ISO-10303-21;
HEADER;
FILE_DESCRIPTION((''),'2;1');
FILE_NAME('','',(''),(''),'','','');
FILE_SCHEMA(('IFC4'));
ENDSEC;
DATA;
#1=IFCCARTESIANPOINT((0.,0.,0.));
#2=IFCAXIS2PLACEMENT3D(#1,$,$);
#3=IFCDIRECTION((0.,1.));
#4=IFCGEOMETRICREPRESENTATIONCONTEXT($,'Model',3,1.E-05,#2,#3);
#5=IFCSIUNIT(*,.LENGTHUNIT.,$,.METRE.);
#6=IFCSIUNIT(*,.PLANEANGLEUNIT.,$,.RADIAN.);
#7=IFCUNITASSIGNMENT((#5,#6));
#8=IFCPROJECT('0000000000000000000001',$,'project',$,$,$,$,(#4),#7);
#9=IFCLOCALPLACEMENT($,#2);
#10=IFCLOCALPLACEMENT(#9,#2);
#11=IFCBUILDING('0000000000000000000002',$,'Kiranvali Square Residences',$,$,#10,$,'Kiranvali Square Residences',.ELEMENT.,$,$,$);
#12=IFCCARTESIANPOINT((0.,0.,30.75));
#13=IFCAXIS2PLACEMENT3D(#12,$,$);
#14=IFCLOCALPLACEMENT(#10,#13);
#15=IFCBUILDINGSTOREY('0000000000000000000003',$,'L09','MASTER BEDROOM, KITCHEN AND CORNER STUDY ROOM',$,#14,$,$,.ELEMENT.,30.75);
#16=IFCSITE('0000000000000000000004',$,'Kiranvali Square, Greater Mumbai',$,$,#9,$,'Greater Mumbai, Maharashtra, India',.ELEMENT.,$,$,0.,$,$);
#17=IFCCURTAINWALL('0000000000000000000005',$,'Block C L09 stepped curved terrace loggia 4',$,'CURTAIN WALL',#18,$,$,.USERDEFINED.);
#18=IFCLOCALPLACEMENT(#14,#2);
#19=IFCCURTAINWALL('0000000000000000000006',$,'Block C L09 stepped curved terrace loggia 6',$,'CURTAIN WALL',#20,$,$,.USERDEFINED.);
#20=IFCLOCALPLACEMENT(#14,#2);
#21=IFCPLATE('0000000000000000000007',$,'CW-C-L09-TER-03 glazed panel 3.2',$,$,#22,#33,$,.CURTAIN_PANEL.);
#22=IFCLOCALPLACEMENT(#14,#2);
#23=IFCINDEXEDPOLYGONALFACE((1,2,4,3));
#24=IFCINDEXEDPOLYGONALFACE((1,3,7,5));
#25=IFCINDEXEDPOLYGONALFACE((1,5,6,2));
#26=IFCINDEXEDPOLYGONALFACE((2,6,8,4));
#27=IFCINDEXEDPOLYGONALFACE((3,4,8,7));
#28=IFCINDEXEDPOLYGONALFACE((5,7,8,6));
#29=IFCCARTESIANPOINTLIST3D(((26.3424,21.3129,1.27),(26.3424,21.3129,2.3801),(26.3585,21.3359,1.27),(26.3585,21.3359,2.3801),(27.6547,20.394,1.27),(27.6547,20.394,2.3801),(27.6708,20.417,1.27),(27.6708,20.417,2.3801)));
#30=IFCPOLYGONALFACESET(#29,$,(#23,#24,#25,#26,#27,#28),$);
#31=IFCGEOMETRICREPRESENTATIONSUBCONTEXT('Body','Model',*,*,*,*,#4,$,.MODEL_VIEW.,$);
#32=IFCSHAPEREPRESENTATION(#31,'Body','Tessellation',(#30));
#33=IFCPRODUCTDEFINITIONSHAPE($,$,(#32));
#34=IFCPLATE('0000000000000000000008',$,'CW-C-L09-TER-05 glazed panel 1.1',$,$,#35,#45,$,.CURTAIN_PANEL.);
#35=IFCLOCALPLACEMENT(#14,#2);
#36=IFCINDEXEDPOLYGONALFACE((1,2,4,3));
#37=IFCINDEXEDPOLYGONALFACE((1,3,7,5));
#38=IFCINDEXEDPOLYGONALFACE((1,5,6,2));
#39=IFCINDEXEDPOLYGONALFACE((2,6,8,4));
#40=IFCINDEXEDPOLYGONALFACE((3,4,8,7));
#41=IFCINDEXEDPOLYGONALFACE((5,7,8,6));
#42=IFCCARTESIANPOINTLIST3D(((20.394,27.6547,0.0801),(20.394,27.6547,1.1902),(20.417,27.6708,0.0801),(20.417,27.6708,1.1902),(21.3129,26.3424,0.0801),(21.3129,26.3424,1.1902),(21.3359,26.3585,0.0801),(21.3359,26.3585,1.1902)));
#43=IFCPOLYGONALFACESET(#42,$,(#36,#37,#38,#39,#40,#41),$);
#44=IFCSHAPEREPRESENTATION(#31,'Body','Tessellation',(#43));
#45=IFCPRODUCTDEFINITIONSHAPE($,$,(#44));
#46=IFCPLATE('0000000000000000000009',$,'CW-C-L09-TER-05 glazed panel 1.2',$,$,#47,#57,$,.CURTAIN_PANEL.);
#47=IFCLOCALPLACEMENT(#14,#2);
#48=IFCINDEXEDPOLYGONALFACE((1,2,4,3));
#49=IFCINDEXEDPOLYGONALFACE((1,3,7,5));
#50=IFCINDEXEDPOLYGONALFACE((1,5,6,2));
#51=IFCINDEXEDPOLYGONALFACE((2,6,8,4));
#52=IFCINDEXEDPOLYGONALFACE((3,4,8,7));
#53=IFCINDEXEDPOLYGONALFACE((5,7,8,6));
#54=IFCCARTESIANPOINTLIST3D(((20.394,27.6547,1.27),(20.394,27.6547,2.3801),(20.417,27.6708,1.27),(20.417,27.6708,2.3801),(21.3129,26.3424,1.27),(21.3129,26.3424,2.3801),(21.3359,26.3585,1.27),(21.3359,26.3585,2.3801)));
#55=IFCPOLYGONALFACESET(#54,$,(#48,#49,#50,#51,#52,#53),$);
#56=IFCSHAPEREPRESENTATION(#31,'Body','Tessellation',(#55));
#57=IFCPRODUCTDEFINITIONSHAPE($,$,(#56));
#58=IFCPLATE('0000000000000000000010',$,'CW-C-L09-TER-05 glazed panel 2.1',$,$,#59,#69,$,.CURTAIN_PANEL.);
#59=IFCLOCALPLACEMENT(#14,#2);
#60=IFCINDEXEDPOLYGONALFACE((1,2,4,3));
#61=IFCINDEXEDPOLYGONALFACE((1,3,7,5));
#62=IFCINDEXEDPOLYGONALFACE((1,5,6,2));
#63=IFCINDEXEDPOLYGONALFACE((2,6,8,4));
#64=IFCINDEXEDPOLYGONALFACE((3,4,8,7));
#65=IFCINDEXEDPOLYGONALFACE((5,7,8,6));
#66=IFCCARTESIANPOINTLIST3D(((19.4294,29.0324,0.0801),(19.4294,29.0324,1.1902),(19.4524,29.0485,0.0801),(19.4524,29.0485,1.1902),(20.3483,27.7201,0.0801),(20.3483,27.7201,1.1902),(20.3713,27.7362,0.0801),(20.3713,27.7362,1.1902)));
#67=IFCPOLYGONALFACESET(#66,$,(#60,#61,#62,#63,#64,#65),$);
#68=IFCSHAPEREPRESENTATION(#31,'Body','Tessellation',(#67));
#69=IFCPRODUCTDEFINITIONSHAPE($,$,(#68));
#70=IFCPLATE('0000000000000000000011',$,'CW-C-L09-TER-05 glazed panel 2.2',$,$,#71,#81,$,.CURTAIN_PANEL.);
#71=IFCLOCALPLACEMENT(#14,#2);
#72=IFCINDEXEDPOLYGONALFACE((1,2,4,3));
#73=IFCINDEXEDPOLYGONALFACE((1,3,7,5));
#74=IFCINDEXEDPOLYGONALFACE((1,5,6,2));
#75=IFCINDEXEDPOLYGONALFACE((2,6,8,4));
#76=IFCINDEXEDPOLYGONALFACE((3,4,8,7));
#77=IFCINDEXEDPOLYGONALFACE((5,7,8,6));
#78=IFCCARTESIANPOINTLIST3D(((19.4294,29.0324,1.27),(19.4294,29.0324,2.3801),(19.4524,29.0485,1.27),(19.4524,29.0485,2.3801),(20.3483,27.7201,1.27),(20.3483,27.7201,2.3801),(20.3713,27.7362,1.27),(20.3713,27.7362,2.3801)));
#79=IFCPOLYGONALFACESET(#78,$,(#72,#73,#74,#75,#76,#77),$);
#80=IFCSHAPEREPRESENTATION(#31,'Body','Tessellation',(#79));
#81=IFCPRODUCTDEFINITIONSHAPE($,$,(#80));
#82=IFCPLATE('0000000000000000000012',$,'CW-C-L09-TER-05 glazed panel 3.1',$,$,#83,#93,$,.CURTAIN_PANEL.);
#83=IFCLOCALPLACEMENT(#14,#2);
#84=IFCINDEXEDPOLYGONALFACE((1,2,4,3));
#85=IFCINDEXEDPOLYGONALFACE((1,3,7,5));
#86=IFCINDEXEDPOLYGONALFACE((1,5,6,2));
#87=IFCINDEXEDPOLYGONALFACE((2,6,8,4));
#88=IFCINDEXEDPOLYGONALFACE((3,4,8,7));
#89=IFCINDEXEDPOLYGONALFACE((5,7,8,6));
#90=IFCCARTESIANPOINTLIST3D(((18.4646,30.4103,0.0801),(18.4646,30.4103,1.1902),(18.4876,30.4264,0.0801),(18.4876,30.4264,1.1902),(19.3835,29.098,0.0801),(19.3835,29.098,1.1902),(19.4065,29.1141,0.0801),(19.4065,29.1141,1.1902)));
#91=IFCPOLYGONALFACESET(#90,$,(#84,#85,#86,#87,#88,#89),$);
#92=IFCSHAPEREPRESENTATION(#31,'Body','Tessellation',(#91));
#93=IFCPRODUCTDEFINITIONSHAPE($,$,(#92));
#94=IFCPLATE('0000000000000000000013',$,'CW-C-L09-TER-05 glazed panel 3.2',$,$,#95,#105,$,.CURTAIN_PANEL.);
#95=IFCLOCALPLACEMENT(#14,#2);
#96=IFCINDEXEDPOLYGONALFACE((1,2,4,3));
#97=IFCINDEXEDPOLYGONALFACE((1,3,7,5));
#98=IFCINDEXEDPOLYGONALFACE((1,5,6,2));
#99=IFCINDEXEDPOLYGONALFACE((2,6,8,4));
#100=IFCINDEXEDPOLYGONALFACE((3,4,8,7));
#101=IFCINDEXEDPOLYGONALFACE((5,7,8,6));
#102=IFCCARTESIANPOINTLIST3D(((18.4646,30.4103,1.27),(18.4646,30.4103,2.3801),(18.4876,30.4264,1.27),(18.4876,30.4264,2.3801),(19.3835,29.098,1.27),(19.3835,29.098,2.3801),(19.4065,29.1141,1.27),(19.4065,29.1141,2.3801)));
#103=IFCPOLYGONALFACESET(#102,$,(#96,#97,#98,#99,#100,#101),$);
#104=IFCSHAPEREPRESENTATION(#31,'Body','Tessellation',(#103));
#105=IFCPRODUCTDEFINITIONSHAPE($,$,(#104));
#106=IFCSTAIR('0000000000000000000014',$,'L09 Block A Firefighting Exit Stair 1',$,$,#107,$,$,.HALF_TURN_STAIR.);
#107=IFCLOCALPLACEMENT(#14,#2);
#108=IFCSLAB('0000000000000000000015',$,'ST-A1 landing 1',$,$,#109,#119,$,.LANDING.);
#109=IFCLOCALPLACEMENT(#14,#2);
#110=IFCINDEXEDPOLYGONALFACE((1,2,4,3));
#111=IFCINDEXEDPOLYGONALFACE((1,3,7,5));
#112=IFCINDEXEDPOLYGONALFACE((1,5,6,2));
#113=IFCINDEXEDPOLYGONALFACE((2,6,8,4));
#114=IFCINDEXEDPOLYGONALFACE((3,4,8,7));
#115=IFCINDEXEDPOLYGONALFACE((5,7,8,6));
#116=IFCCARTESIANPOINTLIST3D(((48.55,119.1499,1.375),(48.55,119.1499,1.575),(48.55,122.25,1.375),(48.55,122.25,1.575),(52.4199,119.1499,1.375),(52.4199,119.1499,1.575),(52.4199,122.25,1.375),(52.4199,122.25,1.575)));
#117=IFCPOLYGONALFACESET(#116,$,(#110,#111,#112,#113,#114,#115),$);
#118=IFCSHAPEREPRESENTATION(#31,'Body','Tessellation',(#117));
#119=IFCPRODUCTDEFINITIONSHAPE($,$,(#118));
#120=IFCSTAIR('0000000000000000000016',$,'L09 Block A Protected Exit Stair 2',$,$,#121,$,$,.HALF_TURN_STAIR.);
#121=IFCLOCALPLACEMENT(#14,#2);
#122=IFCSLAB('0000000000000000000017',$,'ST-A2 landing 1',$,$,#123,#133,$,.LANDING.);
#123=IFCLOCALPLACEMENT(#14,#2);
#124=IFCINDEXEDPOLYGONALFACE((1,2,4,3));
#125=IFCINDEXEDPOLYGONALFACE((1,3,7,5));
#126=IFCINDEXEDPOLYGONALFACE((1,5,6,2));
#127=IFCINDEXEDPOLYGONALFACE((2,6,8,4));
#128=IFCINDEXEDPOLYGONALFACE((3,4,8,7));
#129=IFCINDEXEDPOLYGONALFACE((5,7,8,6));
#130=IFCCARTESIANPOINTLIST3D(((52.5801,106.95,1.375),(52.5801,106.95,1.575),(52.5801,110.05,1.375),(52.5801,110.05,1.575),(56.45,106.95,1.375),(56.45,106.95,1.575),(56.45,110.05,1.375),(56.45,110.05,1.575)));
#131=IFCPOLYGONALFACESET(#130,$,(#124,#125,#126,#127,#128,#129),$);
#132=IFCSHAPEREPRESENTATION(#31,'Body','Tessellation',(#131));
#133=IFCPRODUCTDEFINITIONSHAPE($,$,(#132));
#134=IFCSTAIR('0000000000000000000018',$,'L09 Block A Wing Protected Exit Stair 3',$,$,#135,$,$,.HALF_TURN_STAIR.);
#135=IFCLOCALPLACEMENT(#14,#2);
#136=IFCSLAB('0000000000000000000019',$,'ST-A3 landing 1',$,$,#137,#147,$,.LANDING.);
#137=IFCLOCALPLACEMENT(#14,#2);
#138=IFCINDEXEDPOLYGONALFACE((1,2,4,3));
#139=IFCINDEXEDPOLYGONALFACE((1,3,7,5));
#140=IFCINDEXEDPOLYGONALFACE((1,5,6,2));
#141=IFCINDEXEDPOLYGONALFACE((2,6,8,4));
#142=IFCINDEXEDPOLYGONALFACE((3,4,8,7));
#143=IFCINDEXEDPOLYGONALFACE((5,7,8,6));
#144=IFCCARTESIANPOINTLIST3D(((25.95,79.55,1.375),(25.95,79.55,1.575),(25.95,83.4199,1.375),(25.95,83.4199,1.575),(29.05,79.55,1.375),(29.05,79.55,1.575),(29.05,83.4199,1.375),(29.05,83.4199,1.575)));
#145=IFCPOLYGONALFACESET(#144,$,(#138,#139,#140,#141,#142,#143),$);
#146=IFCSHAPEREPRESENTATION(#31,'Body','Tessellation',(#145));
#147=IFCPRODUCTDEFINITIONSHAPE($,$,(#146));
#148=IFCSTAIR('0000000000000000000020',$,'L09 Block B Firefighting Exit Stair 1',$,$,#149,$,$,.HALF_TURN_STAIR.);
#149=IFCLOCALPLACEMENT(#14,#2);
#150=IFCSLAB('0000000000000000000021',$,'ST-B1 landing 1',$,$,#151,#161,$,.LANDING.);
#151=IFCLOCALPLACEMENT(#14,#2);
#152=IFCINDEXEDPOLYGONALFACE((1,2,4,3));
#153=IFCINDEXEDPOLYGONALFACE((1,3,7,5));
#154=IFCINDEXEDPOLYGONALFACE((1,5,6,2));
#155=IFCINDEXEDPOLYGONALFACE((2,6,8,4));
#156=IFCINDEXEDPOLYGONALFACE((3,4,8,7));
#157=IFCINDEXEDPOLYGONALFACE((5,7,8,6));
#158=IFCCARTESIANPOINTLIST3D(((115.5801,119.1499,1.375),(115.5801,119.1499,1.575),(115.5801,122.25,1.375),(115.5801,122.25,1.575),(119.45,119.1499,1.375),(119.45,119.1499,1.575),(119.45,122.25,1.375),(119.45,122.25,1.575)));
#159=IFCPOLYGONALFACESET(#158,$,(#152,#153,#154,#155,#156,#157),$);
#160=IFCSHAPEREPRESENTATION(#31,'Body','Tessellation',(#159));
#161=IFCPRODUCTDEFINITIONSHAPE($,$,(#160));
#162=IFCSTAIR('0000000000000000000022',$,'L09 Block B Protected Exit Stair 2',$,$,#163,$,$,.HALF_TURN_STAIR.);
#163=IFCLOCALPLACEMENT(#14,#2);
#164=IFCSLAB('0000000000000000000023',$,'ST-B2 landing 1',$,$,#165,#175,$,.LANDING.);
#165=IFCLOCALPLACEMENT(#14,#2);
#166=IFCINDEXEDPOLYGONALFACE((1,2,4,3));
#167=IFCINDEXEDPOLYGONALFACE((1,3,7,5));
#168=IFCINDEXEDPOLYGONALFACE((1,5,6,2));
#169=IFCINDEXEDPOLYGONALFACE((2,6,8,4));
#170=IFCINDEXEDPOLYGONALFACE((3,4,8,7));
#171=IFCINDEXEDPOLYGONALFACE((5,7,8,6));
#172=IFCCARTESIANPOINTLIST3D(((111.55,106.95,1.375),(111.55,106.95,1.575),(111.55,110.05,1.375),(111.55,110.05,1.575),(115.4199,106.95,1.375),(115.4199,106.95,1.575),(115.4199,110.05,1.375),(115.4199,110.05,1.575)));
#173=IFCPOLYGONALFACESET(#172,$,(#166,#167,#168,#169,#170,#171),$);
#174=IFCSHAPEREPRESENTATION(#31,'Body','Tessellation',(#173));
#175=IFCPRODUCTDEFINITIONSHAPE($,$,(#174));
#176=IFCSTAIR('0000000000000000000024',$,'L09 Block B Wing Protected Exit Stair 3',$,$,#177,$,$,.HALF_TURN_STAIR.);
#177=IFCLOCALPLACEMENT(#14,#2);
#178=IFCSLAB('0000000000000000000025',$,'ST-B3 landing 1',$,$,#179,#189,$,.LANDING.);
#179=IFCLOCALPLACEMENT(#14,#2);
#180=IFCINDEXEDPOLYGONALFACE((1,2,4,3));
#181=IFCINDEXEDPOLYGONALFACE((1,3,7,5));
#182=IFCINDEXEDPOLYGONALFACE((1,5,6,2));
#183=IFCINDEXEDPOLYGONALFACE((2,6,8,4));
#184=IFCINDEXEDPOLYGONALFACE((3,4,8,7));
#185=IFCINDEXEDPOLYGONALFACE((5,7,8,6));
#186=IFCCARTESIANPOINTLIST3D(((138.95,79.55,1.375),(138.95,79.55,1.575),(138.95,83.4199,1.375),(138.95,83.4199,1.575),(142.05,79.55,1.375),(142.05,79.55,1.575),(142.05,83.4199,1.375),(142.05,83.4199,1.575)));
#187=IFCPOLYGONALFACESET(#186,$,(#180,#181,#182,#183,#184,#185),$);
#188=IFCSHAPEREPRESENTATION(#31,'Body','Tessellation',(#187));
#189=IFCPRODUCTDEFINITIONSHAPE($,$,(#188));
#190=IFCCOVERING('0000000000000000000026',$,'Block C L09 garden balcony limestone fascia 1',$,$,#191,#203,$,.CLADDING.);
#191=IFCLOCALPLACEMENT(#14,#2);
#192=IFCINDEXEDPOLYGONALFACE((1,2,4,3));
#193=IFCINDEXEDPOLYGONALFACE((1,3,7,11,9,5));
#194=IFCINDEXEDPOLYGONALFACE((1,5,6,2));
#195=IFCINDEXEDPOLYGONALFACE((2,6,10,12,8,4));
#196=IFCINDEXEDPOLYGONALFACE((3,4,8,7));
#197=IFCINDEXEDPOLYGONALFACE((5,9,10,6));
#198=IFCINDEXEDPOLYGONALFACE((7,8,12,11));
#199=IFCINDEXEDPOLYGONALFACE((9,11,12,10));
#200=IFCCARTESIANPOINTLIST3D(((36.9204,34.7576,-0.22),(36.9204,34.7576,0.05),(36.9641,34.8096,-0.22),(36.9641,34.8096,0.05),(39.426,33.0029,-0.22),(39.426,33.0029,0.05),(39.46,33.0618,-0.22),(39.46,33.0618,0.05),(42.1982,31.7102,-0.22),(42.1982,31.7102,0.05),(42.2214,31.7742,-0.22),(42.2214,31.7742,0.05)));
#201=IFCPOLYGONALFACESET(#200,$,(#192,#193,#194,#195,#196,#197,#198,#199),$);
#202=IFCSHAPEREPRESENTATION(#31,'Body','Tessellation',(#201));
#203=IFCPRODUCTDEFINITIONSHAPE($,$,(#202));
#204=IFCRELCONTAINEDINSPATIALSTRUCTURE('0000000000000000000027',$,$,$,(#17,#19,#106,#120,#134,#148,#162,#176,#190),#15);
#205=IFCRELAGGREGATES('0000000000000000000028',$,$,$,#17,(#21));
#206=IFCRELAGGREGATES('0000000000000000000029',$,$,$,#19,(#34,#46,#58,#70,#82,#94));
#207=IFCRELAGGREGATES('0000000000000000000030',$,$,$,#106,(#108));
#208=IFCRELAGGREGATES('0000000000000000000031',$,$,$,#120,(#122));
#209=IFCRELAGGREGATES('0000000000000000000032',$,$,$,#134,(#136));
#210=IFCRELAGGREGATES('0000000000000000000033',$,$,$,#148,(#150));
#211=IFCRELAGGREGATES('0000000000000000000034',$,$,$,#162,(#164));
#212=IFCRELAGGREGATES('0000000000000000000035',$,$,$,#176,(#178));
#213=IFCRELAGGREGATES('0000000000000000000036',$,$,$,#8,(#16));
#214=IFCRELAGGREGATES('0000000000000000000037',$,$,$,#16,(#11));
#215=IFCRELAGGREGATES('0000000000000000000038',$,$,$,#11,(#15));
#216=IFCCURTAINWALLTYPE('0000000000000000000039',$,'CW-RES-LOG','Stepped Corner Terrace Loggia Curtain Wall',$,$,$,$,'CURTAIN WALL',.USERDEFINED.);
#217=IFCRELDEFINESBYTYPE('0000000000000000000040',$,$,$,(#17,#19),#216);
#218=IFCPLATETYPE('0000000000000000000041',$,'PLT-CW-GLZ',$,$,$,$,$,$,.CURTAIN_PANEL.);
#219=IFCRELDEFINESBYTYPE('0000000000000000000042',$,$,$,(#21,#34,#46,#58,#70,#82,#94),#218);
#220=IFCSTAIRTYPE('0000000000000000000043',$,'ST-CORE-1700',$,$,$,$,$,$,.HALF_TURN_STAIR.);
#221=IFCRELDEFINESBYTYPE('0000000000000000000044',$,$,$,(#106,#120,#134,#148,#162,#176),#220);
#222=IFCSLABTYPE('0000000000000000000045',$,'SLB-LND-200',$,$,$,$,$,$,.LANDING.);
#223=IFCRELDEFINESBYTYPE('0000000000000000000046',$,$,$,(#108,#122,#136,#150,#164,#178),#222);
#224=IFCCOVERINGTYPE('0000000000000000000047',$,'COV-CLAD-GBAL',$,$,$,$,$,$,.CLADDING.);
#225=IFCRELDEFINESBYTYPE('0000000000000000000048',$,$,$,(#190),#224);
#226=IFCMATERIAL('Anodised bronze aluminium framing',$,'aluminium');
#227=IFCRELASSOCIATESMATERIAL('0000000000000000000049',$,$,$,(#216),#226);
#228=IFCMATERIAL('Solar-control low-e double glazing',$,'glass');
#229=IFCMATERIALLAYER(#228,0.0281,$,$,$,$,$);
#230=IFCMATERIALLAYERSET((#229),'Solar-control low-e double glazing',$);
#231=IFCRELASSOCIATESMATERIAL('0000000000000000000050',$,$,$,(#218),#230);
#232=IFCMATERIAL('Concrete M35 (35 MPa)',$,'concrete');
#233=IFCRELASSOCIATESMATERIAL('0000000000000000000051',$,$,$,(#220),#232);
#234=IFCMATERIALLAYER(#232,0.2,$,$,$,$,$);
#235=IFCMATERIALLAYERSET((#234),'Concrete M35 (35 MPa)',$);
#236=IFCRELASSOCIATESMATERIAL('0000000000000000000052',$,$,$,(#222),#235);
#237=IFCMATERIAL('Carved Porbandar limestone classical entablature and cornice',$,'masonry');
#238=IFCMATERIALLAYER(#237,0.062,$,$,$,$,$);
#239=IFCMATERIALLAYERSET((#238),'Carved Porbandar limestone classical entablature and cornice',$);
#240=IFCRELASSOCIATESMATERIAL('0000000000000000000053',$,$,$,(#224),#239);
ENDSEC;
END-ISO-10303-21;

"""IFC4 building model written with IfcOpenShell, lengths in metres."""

from ifc_helpers import new_model, si_unit, direction, frame, origin, origin_2d, place, context, subcontext, project, spatial, polyline, rectangle, outline, extrude, material, layer, layer_set, type_object, element, aggregate, save


model = new_model("IFC4")

# Units and contexts
model_context = context("Model", 3, precision=1e-05, world=origin(), true_north=direction((0.0, 1.0)))
body_context = subcontext(model_context, "Body", "Model", "MODEL_VIEW")
ifc_project = project(units=[si_unit("LENGTHUNIT", "METRE"), si_unit("PLANEANGLEUNIT", "RADIAN")], contexts=[model_context])

# Site, building, storey
site_placement = place(None, origin())
site = spatial("IfcSite", under=ifc_project, at=site_placement, Name="Kiranvali Square, Greater Mumbai", LongName="Greater Mumbai, Maharashtra, India", CompositionType="ELEMENT", RefElevation=0.0)
building_placement = place(site_placement, origin())
building = spatial("IfcBuilding", under=site, at=building_placement, Name="Kiranvali Square Residences", LongName="Kiranvali Square Residences", CompositionType="ELEMENT")
storey_placement = place(building_placement, frame((0.0, 0.0, 30.75)))
storey = spatial("IfcBuildingStorey", under=building, at=storey_placement, Name="L09", Description="MASTER BEDROOM, KITCHEN AND CORNER STUDY ROOM", CompositionType="ELEMENT", Elevation=30.75)

# Curtain walls
ifc_material_1 = material(Name="Anodised bronze aluminium framing", Category="aluminium")
curtain_wall_type = type_object("IfcCurtainWallType", Name="CW-RES-LOG", Description="Stepped Corner Terrace Loggia Curtain Wall", ElementType="CURTAIN WALL", PredefinedType="USERDEFINED", material=ifc_material_1)
curtain_wall_1_placement = place(storey_placement, origin())
curtain_wall_1 = element("IfcCurtainWall", 1, at=curtain_wall_1_placement, inside=storey, type_object=curtain_wall_type, Name="Block C L09 stepped curved terrace loggia 4", ObjectType="CURTAIN WALL", PredefinedType="USERDEFINED")
curtain_wall_2_placement = place(storey_placement, origin())
curtain_wall_2 = element("IfcCurtainWall", 2, at=curtain_wall_2_placement, inside=storey, type_object=curtain_wall_type, Name="Block C L09 stepped curved terrace loggia 6", ObjectType="CURTAIN WALL", PredefinedType="USERDEFINED")

# Plates
ifc_material_2 = material(Name="Solar-control low-e double glazing", Category="glass")
ifc_layer_1 = layer(ifc_material_2, 0.0281)
ifc_layer_set_1 = layer_set([ifc_layer_1], Name="Solar-control low-e double glazing")
plate_type = type_object("IfcPlateType", Name="PLT-CW-GLZ", PredefinedType="CURTAIN_PANEL", material=ifc_layer_set_1)
plate_1_placement = place(storey_placement, frame((27.0066, 20.865, 1.27), z_axis=(0.0, 0.0, 1.0), x_axis=(-0.819152, 0.573576, 0.0)))
plate_1 = element("IfcPlate", 3, at=plate_1_placement, type_object=plate_type, Name="CW-C-L09-TER-03 glazed panel 3.2", PredefinedType="CURTAIN_PANEL", context=body_context, shape_type="SweptSolid", body=[
    extrude(rectangle(XDim=1.6021, YDim=0.0281, at=origin_2d()), origin(), (0.0, 0.0, 1.0), 1.1101),
])
aggregate(curtain_wall_1, [plate_1])
plate_2_placement = place(storey_placement, frame((20.865, 27.0066, 0.0801), z_axis=(0.0, 0.0, 1.0), x_axis=(-0.573576, 0.819152, 0.0)))
plate_2 = element("IfcPlate", 4, at=plate_2_placement, type_object=plate_type, Name="CW-C-L09-TER-05 glazed panel 1.1", PredefinedType="CURTAIN_PANEL", context=body_context, shape_type="SweptSolid", body=[
    extrude(rectangle(XDim=1.6021, YDim=0.0281, at=origin_2d()), origin(), (0.0, 0.0, 1.0), 1.1101),
])
plate_3_placement = place(storey_placement, frame((20.865, 27.0066, 1.27), z_axis=(0.0, 0.0, 1.0), x_axis=(-0.573576, 0.819152, 0.0)))
plate_3 = element("IfcPlate", 5, at=plate_3_placement, type_object=plate_type, Name="CW-C-L09-TER-05 glazed panel 1.2", PredefinedType="CURTAIN_PANEL", context=body_context, shape_type="SweptSolid", body=[
    extrude(rectangle(XDim=1.6021, YDim=0.0281, at=origin_2d()), origin(), (0.0, 0.0, 1.0), 1.1101),
])
plate_4_placement = place(storey_placement, frame((19.9004, 28.3843, 0.0801), z_axis=(0.0, 0.0, 1.0), x_axis=(-0.573576, 0.819152, 0.0)))
plate_4 = element("IfcPlate", 6, at=plate_4_placement, type_object=plate_type, Name="CW-C-L09-TER-05 glazed panel 2.1", PredefinedType="CURTAIN_PANEL", context=body_context, shape_type="SweptSolid", body=[
    extrude(rectangle(XDim=1.6021, YDim=0.0281, at=origin_2d()), origin(), (0.0, 0.0, 1.0), 1.1101),
])
plate_5_placement = place(storey_placement, frame((19.9004, 28.3843, 1.27), z_axis=(0.0, 0.0, 1.0), x_axis=(-0.573576, 0.819152, 0.0)))
plate_5 = element("IfcPlate", 7, at=plate_5_placement, type_object=plate_type, Name="CW-C-L09-TER-05 glazed panel 2.2", PredefinedType="CURTAIN_PANEL", context=body_context, shape_type="SweptSolid", body=[
    extrude(rectangle(XDim=1.6021, YDim=0.0281, at=origin_2d()), origin(), (0.0, 0.0, 1.0), 1.1101),
])
plate_6_placement = place(storey_placement, frame((18.9355, 29.7622, 0.0801), z_axis=(0.0, 0.0, 1.0), x_axis=(-0.573576, 0.819152, 0.0)))
plate_6 = element("IfcPlate", 8, at=plate_6_placement, type_object=plate_type, Name="CW-C-L09-TER-05 glazed panel 3.1", PredefinedType="CURTAIN_PANEL", context=body_context, shape_type="SweptSolid", body=[
    extrude(rectangle(XDim=1.6021, YDim=0.0281, at=origin_2d()), origin(), (0.0, 0.0, 1.0), 1.1101),
])
plate_7_placement = place(storey_placement, frame((18.9355, 29.7622, 1.27), z_axis=(0.0, 0.0, 1.0), x_axis=(-0.573576, 0.819152, 0.0)))
plate_7 = element("IfcPlate", 9, at=plate_7_placement, type_object=plate_type, Name="CW-C-L09-TER-05 glazed panel 3.2", PredefinedType="CURTAIN_PANEL", context=body_context, shape_type="SweptSolid", body=[
    extrude(rectangle(XDim=1.6021, YDim=0.0281, at=origin_2d()), origin(), (0.0, 0.0, 1.0), 1.1101),
])
aggregate(curtain_wall_2, [plate_2, plate_3, plate_4, plate_5, plate_6, plate_7])

# Stairs, slabs
ifc_material_3 = material(Name="Concrete M35 (35 MPa)", Category="concrete")
stair_type = type_object("IfcStairType", Name="ST-CORE-1700", PredefinedType="HALF_TURN_STAIR", material=ifc_material_3)
stair_1_placement = place(storey_placement, origin())
stair_1 = element("IfcStair", 10, at=stair_1_placement, inside=storey, type_object=stair_type, Name="L09 Block A Firefighting Exit Stair 1", PredefinedType="HALF_TURN_STAIR")
ifc_layer_2 = layer(ifc_material_3, 0.2)
ifc_layer_set_2 = layer_set([ifc_layer_2], Name="Concrete M35 (35 MPa)")
slab_type = type_object("IfcSlabType", Name="SLB-LND-200", PredefinedType="LANDING", material=ifc_layer_set_2)
slab_1_placement = place(storey_placement, frame((0.0, 0.0, 1.375)))
slab_1 = element("IfcSlab", 11, at=slab_1_placement, type_object=slab_type, Name="ST-A1 landing 1", PredefinedType="LANDING", context=body_context, shape_type="SweptSolid", body=[
    extrude(outline(polyline([(52.4199, 122.25), (48.55, 122.25), (48.55, 119.1499), (52.4199, 119.1499), (52.4199, 122.25)])), origin(), (0.0, 0.0, 1.0), 0.2),
])
aggregate(stair_1, [slab_1])
stair_2_placement = place(storey_placement, origin())
stair_2 = element("IfcStair", 12, at=stair_2_placement, inside=storey, type_object=stair_type, Name="L09 Block A Protected Exit Stair 2", PredefinedType="HALF_TURN_STAIR")
slab_2_placement = place(storey_placement, frame((0.0, 0.0, 1.375)))
slab_2 = element("IfcSlab", 13, at=slab_2_placement, type_object=slab_type, Name="ST-A2 landing 1", PredefinedType="LANDING", context=body_context, shape_type="SweptSolid", body=[
    extrude(outline(polyline([(52.5801, 106.95), (56.45, 106.95), (56.45, 110.05), (52.5801, 110.05), (52.5801, 106.95)])), origin(), (0.0, 0.0, 1.0), 0.2),
])
aggregate(stair_2, [slab_2])
stair_3_placement = place(storey_placement, origin())
stair_3 = element("IfcStair", 14, at=stair_3_placement, inside=storey, type_object=stair_type, Name="L09 Block A Wing Protected Exit Stair 3", PredefinedType="HALF_TURN_STAIR")
slab_3_placement = place(storey_placement, frame((0.0, 0.0, 1.375)))
slab_3 = element("IfcSlab", 15, at=slab_3_placement, type_object=slab_type, Name="ST-A3 landing 1", PredefinedType="LANDING", context=body_context, shape_type="SweptSolid", body=[
    extrude(outline(polyline([(25.95, 83.4199), (25.95, 79.55), (29.05, 79.55), (29.05, 83.4199), (25.95, 83.4199)])), origin(), (0.0, 0.0, 1.0), 0.2),
])
aggregate(stair_3, [slab_3])
stair_4_placement = place(storey_placement, origin())
stair_4 = element("IfcStair", 16, at=stair_4_placement, inside=storey, type_object=stair_type, Name="L09 Block B Firefighting Exit Stair 1", PredefinedType="HALF_TURN_STAIR")
slab_4_placement = place(storey_placement, frame((0.0, 0.0, 1.375)))
slab_4 = element("IfcSlab", 17, at=slab_4_placement, type_object=slab_type, Name="ST-B1 landing 1", PredefinedType="LANDING", context=body_context, shape_type="SweptSolid", body=[
    extrude(outline(polyline([(115.5801, 119.1499), (119.45, 119.1499), (119.45, 122.25), (115.5801, 122.25), (115.5801, 119.1499)])), origin(), (0.0, 0.0, 1.0), 0.2),
])
aggregate(stair_4, [slab_4])
stair_5_placement = place(storey_placement, origin())
stair_5 = element("IfcStair", 18, at=stair_5_placement, inside=storey, type_object=stair_type, Name="L09 Block B Protected Exit Stair 2", PredefinedType="HALF_TURN_STAIR")
slab_5_placement = place(storey_placement, frame((0.0, 0.0, 1.375)))
slab_5 = element("IfcSlab", 19, at=slab_5_placement, type_object=slab_type, Name="ST-B2 landing 1", PredefinedType="LANDING", context=body_context, shape_type="SweptSolid", body=[
    extrude(outline(polyline([(115.4199, 110.05), (111.55, 110.05), (111.55, 106.95), (115.4199, 106.95), (115.4199, 110.05)])), origin(), (0.0, 0.0, 1.0), 0.2),
])
aggregate(stair_5, [slab_5])
stair_6_placement = place(storey_placement, origin())
stair_6 = element("IfcStair", 20, at=stair_6_placement, inside=storey, type_object=stair_type, Name="L09 Block B Wing Protected Exit Stair 3", PredefinedType="HALF_TURN_STAIR")
slab_6_placement = place(storey_placement, frame((0.0, 0.0, 1.375)))
slab_6 = element("IfcSlab", 21, at=slab_6_placement, type_object=slab_type, Name="ST-B3 landing 1", PredefinedType="LANDING", context=body_context, shape_type="SweptSolid", body=[
    extrude(outline(polyline([(138.95, 83.4199), (138.95, 79.55), (142.05, 79.55), (142.05, 83.4199), (138.95, 83.4199)])), origin(), (0.0, 0.0, 1.0), 0.2),
])
aggregate(stair_6, [slab_6])

# Covering
ifc_material_4 = material(Name="Carved Porbandar limestone classical entablature and cornice", Category="masonry")
ifc_layer_3 = layer(ifc_material_4, 0.062)
ifc_layer_set_3 = layer_set([ifc_layer_3], Name="Carved Porbandar limestone classical entablature and cornice")
covering_type = type_object("IfcCoveringType", Name="COV-CLAD-GBAL", PredefinedType="CLADDING", material=ifc_layer_set_3)
covering_1_placement = place(storey_placement, frame((0.0, 0.0, -0.22)))
element("IfcCovering", 22, at=covering_1_placement, inside=storey, type_object=covering_type, Name="Block C L09 garden balcony limestone fascia 1", PredefinedType="CLADDING", context=body_context, shape_type="SweptSolid", body=[
    extrude(outline(polyline([(42.2214, 31.7742), (39.46, 33.0618), (36.9641, 34.8096), (36.9204, 34.7576), (39.426, 33.0029), (42.1982, 31.7102), (42.2214, 31.7742)])), origin(), (0.0, 0.0, 1.0), 0.27),
])

save(model, "model.ifc")
